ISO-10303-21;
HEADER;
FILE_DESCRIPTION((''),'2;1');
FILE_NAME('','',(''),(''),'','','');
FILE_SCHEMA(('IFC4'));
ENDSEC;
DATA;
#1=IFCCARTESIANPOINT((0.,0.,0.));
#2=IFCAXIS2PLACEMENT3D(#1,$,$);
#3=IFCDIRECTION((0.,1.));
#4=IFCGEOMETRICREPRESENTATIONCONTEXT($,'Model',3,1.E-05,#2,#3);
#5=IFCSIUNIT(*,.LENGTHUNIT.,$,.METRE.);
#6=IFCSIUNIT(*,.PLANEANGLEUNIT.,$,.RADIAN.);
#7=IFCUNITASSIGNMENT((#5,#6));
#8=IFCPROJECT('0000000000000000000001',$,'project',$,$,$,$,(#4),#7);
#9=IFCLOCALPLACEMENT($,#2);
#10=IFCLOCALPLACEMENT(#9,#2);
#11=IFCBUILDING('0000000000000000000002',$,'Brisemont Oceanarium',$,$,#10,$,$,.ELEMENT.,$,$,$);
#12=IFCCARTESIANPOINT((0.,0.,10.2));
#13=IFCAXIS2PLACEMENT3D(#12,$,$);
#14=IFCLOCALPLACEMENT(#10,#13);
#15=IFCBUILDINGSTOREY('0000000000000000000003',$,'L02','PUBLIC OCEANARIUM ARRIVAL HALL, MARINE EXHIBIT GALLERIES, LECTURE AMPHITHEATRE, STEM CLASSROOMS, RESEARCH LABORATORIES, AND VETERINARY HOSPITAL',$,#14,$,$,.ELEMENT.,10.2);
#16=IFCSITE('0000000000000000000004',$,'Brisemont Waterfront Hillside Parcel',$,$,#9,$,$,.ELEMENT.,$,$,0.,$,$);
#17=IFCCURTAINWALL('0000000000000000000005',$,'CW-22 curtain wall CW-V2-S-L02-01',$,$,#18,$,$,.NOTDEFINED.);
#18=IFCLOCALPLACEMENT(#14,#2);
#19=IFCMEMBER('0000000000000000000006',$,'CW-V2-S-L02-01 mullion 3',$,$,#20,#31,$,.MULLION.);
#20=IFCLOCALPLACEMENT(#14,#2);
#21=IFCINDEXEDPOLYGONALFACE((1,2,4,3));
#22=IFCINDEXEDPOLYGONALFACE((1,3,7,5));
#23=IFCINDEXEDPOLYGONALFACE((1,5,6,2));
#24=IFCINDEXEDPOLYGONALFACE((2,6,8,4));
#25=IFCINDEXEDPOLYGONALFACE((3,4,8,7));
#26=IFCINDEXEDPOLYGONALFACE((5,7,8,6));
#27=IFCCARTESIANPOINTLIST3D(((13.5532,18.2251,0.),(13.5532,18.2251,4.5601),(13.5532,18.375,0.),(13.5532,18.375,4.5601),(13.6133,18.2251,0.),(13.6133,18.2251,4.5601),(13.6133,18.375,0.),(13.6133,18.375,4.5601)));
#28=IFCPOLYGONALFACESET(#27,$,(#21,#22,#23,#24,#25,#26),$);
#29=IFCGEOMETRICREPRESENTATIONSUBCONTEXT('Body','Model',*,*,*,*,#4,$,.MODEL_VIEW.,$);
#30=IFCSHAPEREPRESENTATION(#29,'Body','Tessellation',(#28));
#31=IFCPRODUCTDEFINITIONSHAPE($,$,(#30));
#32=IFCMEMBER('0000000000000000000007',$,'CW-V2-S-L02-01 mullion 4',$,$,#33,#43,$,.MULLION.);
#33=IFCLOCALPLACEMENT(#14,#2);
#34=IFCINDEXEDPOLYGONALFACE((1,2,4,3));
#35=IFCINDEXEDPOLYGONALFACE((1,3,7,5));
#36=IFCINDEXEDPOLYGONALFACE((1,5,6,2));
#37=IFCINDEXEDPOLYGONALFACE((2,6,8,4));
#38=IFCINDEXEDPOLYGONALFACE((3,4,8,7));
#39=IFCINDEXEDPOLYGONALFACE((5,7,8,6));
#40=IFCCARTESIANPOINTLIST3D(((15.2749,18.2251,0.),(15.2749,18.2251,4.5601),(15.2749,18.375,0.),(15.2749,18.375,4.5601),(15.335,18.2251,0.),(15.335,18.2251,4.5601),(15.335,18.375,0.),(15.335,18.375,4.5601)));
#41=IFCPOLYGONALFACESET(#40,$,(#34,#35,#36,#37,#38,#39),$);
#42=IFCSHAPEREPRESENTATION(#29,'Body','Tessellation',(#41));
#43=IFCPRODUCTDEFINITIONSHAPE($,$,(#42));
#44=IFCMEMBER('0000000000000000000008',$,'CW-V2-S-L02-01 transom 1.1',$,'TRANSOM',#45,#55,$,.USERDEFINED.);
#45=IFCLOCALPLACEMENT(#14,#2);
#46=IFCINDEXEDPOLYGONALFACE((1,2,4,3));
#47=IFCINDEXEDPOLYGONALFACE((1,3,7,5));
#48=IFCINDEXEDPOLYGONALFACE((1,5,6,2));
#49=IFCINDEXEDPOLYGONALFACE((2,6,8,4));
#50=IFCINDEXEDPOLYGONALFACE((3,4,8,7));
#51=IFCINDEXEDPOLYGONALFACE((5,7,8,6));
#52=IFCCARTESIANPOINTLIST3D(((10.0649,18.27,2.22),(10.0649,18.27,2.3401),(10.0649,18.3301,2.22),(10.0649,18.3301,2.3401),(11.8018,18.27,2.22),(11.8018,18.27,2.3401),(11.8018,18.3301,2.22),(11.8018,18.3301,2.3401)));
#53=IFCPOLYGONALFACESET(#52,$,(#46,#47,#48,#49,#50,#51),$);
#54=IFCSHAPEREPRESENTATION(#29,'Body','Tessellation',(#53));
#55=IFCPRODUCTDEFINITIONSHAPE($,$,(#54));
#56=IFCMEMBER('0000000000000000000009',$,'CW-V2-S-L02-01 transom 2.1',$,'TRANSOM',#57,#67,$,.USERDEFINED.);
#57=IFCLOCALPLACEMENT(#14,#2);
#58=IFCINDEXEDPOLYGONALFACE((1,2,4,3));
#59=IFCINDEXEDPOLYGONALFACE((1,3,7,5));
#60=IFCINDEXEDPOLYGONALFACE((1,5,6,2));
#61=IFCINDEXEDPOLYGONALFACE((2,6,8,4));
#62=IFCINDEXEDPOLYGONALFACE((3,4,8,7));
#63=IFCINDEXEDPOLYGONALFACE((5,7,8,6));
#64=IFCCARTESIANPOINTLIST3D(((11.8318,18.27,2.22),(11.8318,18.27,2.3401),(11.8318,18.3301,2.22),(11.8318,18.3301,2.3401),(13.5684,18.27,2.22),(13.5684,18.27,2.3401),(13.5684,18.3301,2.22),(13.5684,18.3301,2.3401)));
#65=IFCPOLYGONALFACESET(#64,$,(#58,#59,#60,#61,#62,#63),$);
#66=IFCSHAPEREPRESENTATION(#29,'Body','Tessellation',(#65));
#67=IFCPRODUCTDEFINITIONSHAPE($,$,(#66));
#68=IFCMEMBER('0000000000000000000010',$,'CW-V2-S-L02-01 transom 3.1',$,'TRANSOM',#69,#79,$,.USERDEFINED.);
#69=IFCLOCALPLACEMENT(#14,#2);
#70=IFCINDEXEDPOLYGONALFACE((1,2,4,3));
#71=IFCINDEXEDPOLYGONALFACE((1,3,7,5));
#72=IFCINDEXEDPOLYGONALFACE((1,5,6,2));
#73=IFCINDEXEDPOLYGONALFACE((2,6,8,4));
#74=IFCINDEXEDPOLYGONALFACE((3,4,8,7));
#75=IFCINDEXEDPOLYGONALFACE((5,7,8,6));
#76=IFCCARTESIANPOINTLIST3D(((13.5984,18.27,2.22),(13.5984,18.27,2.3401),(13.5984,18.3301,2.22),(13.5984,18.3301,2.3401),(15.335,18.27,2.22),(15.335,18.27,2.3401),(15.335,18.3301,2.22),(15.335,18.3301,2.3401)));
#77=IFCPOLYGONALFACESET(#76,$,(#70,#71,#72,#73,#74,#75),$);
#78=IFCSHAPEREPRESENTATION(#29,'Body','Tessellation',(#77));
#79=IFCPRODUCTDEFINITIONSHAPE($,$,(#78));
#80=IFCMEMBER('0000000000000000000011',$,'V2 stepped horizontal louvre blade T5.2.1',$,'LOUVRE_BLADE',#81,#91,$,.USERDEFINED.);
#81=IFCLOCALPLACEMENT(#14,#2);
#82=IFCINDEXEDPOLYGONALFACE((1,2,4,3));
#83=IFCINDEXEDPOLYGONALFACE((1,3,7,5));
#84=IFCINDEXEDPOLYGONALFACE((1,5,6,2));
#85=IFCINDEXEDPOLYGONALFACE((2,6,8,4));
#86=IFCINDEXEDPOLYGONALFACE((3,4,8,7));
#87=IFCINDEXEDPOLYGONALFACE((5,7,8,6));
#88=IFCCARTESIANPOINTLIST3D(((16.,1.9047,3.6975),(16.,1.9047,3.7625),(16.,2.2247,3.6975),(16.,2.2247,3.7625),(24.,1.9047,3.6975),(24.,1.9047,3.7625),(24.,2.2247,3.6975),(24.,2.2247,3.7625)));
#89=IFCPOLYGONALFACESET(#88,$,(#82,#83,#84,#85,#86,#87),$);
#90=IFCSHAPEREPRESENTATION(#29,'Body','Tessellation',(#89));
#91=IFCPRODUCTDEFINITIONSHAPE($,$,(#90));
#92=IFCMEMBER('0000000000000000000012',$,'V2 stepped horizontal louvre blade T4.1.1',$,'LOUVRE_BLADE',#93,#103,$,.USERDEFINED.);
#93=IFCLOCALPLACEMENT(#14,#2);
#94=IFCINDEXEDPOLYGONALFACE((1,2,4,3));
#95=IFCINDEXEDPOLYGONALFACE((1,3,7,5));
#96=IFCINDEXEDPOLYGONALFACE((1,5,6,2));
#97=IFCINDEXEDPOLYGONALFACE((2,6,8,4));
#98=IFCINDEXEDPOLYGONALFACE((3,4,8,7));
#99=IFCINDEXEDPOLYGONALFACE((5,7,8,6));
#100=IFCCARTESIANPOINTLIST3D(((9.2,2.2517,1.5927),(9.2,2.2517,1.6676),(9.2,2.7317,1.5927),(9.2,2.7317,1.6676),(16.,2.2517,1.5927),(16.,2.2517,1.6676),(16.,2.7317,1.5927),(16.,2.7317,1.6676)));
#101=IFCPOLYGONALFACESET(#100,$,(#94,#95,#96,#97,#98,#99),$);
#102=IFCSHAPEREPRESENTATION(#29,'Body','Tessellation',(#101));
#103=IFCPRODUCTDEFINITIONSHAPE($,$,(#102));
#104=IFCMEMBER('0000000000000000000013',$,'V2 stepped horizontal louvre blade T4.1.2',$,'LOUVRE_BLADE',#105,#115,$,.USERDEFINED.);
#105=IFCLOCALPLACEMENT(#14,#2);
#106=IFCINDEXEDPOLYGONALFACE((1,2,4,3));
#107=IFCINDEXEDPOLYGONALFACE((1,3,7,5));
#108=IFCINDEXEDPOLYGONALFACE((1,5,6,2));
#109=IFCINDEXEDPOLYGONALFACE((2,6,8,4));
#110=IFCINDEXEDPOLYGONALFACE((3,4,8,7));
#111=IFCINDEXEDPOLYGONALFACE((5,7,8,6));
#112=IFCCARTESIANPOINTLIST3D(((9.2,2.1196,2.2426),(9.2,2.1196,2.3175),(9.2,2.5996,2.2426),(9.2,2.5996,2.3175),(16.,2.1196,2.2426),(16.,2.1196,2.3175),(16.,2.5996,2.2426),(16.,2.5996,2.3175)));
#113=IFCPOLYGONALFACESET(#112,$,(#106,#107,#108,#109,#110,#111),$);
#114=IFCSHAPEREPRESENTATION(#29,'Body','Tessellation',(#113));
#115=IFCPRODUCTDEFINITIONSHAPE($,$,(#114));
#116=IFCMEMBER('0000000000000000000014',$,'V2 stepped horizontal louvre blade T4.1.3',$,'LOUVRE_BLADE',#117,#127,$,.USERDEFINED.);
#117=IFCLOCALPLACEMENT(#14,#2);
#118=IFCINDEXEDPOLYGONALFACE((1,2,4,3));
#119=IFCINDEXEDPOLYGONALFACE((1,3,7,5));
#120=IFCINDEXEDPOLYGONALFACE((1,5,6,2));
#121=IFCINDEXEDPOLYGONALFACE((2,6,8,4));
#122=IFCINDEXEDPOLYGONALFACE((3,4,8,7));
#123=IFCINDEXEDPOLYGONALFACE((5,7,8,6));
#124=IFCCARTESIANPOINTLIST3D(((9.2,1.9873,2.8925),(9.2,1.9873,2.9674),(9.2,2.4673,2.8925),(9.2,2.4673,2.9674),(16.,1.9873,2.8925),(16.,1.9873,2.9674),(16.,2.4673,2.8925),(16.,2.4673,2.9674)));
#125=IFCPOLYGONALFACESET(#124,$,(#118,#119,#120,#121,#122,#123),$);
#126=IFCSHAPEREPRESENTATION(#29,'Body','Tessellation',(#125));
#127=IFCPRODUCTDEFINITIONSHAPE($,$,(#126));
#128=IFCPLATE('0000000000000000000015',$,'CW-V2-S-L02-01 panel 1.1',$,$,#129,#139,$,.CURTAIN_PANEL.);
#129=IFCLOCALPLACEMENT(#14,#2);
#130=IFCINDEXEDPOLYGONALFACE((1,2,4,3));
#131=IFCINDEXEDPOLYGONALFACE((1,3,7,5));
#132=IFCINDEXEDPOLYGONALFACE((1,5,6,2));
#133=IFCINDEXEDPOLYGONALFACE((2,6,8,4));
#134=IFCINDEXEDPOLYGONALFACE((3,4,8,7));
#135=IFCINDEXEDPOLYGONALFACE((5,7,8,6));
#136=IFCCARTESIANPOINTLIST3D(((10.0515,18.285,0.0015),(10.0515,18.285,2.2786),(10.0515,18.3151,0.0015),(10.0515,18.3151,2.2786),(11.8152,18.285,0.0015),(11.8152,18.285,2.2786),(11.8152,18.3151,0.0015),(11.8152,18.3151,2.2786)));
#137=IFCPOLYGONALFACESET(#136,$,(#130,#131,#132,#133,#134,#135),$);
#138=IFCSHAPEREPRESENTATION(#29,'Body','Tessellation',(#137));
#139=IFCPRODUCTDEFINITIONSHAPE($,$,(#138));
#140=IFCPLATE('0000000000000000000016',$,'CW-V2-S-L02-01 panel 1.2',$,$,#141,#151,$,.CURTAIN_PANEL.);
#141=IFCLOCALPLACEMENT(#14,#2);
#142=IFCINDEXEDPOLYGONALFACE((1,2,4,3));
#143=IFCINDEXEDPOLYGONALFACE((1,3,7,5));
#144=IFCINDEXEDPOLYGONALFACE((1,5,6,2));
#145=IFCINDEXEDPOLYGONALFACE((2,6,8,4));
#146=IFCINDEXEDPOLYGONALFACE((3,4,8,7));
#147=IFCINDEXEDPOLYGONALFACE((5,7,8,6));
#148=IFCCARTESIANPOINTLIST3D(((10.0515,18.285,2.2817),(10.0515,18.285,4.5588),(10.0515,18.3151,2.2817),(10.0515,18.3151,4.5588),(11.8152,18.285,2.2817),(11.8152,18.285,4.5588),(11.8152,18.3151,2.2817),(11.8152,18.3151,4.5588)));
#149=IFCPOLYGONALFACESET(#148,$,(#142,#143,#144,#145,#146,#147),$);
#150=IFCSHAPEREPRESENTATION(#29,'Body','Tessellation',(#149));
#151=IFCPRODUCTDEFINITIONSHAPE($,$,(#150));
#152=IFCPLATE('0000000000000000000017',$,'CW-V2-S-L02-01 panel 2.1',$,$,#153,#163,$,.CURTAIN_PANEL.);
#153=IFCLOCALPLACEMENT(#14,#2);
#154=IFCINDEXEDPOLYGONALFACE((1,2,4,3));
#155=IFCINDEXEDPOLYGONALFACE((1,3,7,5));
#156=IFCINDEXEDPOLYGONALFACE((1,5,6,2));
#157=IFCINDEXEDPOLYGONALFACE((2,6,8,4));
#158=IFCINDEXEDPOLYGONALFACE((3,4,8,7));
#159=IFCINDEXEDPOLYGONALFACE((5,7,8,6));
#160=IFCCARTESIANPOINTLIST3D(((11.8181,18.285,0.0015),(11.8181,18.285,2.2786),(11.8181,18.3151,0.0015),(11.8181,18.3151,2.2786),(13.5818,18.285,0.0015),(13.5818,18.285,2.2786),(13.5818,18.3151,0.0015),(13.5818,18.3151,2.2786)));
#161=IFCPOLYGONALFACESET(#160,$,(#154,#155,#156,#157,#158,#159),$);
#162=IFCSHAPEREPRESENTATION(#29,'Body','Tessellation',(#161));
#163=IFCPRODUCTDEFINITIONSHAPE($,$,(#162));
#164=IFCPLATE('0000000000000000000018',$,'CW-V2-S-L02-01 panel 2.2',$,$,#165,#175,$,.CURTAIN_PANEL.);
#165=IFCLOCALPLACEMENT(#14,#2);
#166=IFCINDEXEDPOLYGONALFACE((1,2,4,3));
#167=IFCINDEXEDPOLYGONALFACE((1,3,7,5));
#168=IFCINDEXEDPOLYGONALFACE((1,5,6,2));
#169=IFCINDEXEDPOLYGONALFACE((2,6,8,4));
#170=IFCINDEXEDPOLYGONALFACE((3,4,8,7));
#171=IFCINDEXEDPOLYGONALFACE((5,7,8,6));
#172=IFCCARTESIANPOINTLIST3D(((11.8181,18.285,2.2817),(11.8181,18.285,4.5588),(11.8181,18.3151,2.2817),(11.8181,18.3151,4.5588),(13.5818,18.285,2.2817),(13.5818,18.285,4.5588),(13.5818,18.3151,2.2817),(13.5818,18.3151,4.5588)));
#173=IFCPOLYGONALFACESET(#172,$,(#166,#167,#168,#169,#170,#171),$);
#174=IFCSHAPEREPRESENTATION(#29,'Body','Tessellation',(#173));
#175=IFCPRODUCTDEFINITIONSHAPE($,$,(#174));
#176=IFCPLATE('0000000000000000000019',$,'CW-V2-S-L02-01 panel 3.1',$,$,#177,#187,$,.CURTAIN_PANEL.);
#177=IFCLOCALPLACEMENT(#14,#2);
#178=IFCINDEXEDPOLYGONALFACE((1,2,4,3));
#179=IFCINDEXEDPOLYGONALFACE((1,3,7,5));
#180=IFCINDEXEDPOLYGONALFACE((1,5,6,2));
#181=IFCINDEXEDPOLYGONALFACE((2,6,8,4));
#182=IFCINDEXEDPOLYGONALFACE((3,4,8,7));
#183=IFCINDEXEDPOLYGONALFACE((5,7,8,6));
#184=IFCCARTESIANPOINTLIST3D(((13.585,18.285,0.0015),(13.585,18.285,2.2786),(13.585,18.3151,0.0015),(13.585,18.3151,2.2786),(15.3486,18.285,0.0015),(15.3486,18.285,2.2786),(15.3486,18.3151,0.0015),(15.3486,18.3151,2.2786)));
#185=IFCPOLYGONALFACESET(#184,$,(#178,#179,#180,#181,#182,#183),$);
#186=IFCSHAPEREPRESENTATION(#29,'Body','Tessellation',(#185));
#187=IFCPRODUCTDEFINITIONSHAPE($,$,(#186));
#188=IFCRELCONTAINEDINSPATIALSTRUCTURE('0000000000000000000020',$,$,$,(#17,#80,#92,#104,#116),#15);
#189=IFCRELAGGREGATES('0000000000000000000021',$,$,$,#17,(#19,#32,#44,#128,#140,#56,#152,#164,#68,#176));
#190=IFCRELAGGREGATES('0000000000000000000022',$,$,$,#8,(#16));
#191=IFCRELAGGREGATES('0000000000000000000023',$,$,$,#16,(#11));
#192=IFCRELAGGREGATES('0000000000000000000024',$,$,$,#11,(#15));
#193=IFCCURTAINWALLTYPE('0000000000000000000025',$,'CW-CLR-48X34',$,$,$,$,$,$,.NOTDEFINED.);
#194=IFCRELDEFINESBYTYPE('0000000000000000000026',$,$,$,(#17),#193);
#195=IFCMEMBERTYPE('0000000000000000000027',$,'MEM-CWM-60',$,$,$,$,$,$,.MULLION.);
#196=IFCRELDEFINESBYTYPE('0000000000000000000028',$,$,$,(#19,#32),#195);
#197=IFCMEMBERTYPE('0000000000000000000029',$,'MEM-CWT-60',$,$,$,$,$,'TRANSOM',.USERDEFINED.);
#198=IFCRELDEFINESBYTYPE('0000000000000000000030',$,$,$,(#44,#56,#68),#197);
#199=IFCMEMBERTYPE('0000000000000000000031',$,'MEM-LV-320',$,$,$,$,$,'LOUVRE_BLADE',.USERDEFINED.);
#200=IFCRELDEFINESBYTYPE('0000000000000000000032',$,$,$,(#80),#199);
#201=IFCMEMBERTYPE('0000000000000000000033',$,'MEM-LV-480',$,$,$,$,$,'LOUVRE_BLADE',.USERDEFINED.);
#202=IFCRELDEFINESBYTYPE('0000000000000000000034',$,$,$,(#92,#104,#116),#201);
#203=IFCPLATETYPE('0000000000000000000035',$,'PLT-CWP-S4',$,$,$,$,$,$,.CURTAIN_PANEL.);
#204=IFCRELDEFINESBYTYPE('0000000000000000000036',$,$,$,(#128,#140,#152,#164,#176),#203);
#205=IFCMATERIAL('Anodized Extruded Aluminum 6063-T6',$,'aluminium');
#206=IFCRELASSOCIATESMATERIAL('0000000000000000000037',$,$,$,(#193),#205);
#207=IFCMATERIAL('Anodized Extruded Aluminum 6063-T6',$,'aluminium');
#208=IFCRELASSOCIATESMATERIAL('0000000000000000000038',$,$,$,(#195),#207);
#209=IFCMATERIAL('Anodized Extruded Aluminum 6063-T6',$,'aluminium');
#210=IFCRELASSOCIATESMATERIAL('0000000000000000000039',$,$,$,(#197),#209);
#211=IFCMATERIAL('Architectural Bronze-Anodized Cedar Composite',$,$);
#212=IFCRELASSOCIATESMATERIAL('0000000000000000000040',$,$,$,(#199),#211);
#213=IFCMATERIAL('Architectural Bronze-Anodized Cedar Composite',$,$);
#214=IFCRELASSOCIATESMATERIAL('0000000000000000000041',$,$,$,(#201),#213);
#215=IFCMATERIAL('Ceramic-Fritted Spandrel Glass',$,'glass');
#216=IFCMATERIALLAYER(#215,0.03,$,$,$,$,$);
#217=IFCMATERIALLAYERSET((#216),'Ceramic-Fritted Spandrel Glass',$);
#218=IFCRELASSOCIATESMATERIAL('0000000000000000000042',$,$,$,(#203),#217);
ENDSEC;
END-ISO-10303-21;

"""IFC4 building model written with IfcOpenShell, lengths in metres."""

from ifc_helpers import new_model, si_unit, direction, frame, origin, origin_2d, place, context, subcontext, project, spatial, rectangle, extrude, material, layer, layer_set, material_profile, profile_set, type_object, element, aggregate, save


model = new_model("IFC4")

# Units and contexts
model_context = context("Model", 3, precision=1e-05, world=origin(), true_north=direction((0.0, 1.0)))
body_context = subcontext(model_context, "Body", "Model", "MODEL_VIEW")
ifc_project = project(units=[si_unit("LENGTHUNIT", "METRE"), si_unit("PLANEANGLEUNIT", "RADIAN")], contexts=[model_context])

# Site, building, storey
site_placement = place(None, origin())
site = spatial("IfcSite", under=ifc_project, at=site_placement, Name="Brisemont Waterfront Hillside Parcel", CompositionType="ELEMENT", RefElevation=0.0)
building_placement = place(site_placement, origin())
building = spatial("IfcBuilding", under=site, at=building_placement, Name="Brisemont Oceanarium", CompositionType="ELEMENT")
storey_placement = place(building_placement, frame((0.0, 0.0, 10.2)))
storey = spatial("IfcBuildingStorey", under=building, at=storey_placement, Name="L02", Description="PUBLIC OCEANARIUM ARRIVAL HALL, MARINE EXHIBIT GALLERIES, LECTURE AMPHITHEATRE, STEM CLASSROOMS, RESEARCH LABORATORIES, AND VETERINARY HOSPITAL", CompositionType="ELEMENT", Elevation=10.2)

# Curtain wall, members
ifc_material_1 = material(Name="Anodized Extruded Aluminum 6063-T6", Category="aluminium")
curtain_wall_type = type_object("IfcCurtainWallType", Name="CW-CLR-48X34", PredefinedType="NOTDEFINED", material=ifc_material_1)
curtain_wall_placement = place(storey_placement, origin())
curtain_wall = element("IfcCurtainWall", 1, at=curtain_wall_placement, inside=storey, type_object=curtain_wall_type, Name="CW-22 curtain wall CW-V2-S-L02-01", PredefinedType="NOTDEFINED")
ifc_material_2 = material(Name="Anodized Extruded Aluminum 6063-T6", Category="aluminium")
ifc_material_profile_1 = material_profile(ifc_material_2, rectangle(XDim=0.0601, YDim=0.1499, at=origin_2d()), Name="CWM-60X150")
ifc_profile_set_1 = profile_set([ifc_material_profile_1], Name="Anodized Extruded Aluminum 6063-T6")
member_type_1 = type_object("IfcMemberType", Name="MEM-CWM-60", PredefinedType="MULLION", material=ifc_profile_set_1)
member_1_placement = place(storey_placement, frame((13.5833, 18.3, 0.0), z_axis=(0.0, 0.0, 1.0), x_axis=(1.0, 0.0, 0.0)))
member_1 = element("IfcMember", 2, at=member_1_placement, type_object=member_type_1, Name="CW-V2-S-L02-01 mullion 3", PredefinedType="MULLION", context=body_context, shape_type="SweptSolid", body=[
    extrude(rectangle(XDim=0.0601, YDim=0.1499, at=origin_2d()), origin(), (0.0, 0.0, 1.0), 4.5601),
])
member_2_placement = place(storey_placement, frame((15.3049, 18.3, 0.0), z_axis=(0.0, 0.0, 1.0), x_axis=(1.0, 0.0, 0.0)))
member_2 = element("IfcMember", 3, at=member_2_placement, type_object=member_type_1, Name="CW-V2-S-L02-01 mullion 4", PredefinedType="MULLION", context=body_context, shape_type="SweptSolid", body=[
    extrude(rectangle(XDim=0.0601, YDim=0.1499, at=origin_2d()), origin(), (0.0, 0.0, 1.0), 4.5601),
])
ifc_material_3 = material(Name="Anodized Extruded Aluminum 6063-T6", Category="aluminium")
ifc_material_profile_2 = material_profile(ifc_material_3, rectangle(XDim=0.0601, YDim=0.1201, at=origin_2d()), Name="CWT-60X120")
ifc_profile_set_2 = profile_set([ifc_material_profile_2], Name="Anodized Extruded Aluminum 6063-T6")
member_type_2 = type_object("IfcMemberType", Name="MEM-CWT-60", ElementType="TRANSOM", PredefinedType="USERDEFINED", material=ifc_profile_set_2)
member_3_placement = place(storey_placement, frame((10.0649, 18.3, 2.28), z_axis=(1.0, 0.0, 0.0), x_axis=(0.0, 1.0, 0.0)))
member_3 = element("IfcMember", 4, at=member_3_placement, type_object=member_type_2, Name="CW-V2-S-L02-01 transom 1.1", ObjectType="TRANSOM", PredefinedType="USERDEFINED", context=body_context, shape_type="SweptSolid", body=[
    extrude(rectangle(XDim=0.0601, YDim=0.1201, at=origin_2d()), origin(), (0.0, 0.0, 1.0), 1.7368),
])
member_4_placement = place(storey_placement, frame((11.8318, 18.3, 2.28), z_axis=(1.0, 0.0, 0.0), x_axis=(0.0, 1.0, 0.0)))
member_4 = element("IfcMember", 5, at=member_4_placement, type_object=member_type_2, Name="CW-V2-S-L02-01 transom 2.1", ObjectType="TRANSOM", PredefinedType="USERDEFINED", context=body_context, shape_type="SweptSolid", body=[
    extrude(rectangle(XDim=0.0601, YDim=0.1201, at=origin_2d()), origin(), (0.0, 0.0, 1.0), 1.7366),
])
member_5_placement = place(storey_placement, frame((13.5984, 18.3, 2.28), z_axis=(1.0, 0.0, 0.0), x_axis=(0.0, 1.0, 0.0)))
member_5 = element("IfcMember", 6, at=member_5_placement, type_object=member_type_2, Name="CW-V2-S-L02-01 transom 3.1", ObjectType="TRANSOM", PredefinedType="USERDEFINED", context=body_context, shape_type="SweptSolid", body=[
    extrude(rectangle(XDim=0.0601, YDim=0.1201, at=origin_2d()), origin(), (0.0, 0.0, 1.0), 1.7366),
])

# Members
ifc_material_4 = material(Name="Architectural Bronze-Anodized Cedar Composite")
ifc_material_profile_3 = material_profile(ifc_material_4, rectangle(XDim=0.3201, YDim=0.0649, at=origin_2d()), Name="LOUVRE-320X65")
ifc_profile_set_3 = profile_set([ifc_material_profile_3], Name="Architectural Bronze-Anodized Cedar Composite")
member_type_3 = type_object("IfcMemberType", Name="MEM-LV-320", ElementType="LOUVRE_BLADE", PredefinedType="USERDEFINED", material=ifc_profile_set_3)
member_6_placement = place(storey_placement, frame((16.0, 2.0647, 3.73), z_axis=(1.0, 0.0, 0.0), x_axis=(0.0, 1.0, 0.0)))
element("IfcMember", 7, at=member_6_placement, inside=storey, type_object=member_type_3, Name="V2 stepped horizontal louvre blade T5.2.1", ObjectType="LOUVRE_BLADE", PredefinedType="USERDEFINED", context=body_context, shape_type="SweptSolid", body=[
    extrude(rectangle(XDim=0.3201, YDim=0.0649, at=origin_2d()), origin(), (0.0, 0.0, 1.0), 8.0),
])
ifc_material_5 = material(Name="Architectural Bronze-Anodized Cedar Composite")
ifc_material_profile_4 = material_profile(ifc_material_5, rectangle(XDim=0.48, YDim=0.075, at=origin_2d()), Name="LOUVRE-480X75")
ifc_profile_set_4 = profile_set([ifc_material_profile_4], Name="Architectural Bronze-Anodized Cedar Composite")
member_type_4 = type_object("IfcMemberType", Name="MEM-LV-480", ElementType="LOUVRE_BLADE", PredefinedType="USERDEFINED", material=ifc_profile_set_4)
for number, where, z_axis, x_axis, name in (
    (8, (9.2, 2.4917, 1.6301), (1.0, 0.0, 0.0), (0.0, 1.0, 0.0), "V2 stepped horizontal louvre blade T4.1.1"),
    (9, (9.2, 2.3596, 2.28), (1.0, 0.0, 0.0), (0.0, 1.0, 0.0), "V2 stepped horizontal louvre blade T4.1.2"),
    (10, (9.2, 2.2273, 2.9299), (1.0, 0.0, 0.0), (0.0, 1.0, 0.0), "V2 stepped horizontal louvre blade T4.1.3"),
):
    element("IfcMember", number, at=place(storey_placement, frame(where, z_axis=z_axis, x_axis=x_axis)), inside=storey, type_object=member_type_4, Name=name, ObjectType="LOUVRE_BLADE", PredefinedType="USERDEFINED", context=body_context, shape_type="SweptSolid", body=[
        extrude(rectangle(XDim=0.48, YDim=0.075, at=origin_2d()), origin(), (0.0, 0.0, 1.0), 6.8),
    ])

# Plates
ifc_material_6 = material(Name="Ceramic-Fritted Spandrel Glass", Category="glass")
ifc_layer_1 = layer(ifc_material_6, 0.03)
ifc_layer_set_1 = layer_set([ifc_layer_1], Name="Ceramic-Fritted Spandrel Glass")
plate_type = type_object("IfcPlateType", Name="PLT-CWP-S4", PredefinedType="CURTAIN_PANEL", material=ifc_layer_set_1)
plate_1_placement = place(storey_placement, frame((10.9333, 18.3, 0.0015), z_axis=(0.0, 0.0, 1.0), x_axis=(1.0, 0.0, 0.0)))
plate_1 = element("IfcPlate", 11, at=plate_1_placement, type_object=plate_type, Name="CW-V2-S-L02-01 panel 1.1", PredefinedType="CURTAIN_PANEL", context=body_context, shape_type="SweptSolid", body=[
    extrude(rectangle(XDim=1.7637, YDim=0.03, at=origin_2d()), origin(), (0.0, 0.0, 1.0), 2.2771),
])
plate_2_placement = place(storey_placement, frame((10.9333, 18.3, 2.2817), z_axis=(0.0, 0.0, 1.0), x_axis=(1.0, 0.0, 0.0)))
plate_2 = element("IfcPlate", 12, at=plate_2_placement, type_object=plate_type, Name="CW-V2-S-L02-01 panel 1.2", PredefinedType="CURTAIN_PANEL", context=body_context, shape_type="SweptSolid", body=[
    extrude(rectangle(XDim=1.7637, YDim=0.03, at=origin_2d()), origin(), (0.0, 0.0, 1.0), 2.2771),
])
plate_3_placement = place(storey_placement, frame((12.7, 18.3, 0.0015), z_axis=(0.0, 0.0, 1.0), x_axis=(1.0, 0.0, 0.0)))
plate_3 = element("IfcPlate", 13, at=plate_3_placement, type_object=plate_type, Name="CW-V2-S-L02-01 panel 2.1", PredefinedType="CURTAIN_PANEL", context=body_context, shape_type="SweptSolid", body=[
    extrude(rectangle(XDim=1.7637, YDim=0.03, at=origin_2d()), origin(), (0.0, 0.0, 1.0), 2.2771),
])
plate_4_placement = place(storey_placement, frame((12.7, 18.3, 2.2817), z_axis=(0.0, 0.0, 1.0), x_axis=(1.0, 0.0, 0.0)))
plate_4 = element("IfcPlate", 14, at=plate_4_placement, type_object=plate_type, Name="CW-V2-S-L02-01 panel 2.2", PredefinedType="CURTAIN_PANEL", context=body_context, shape_type="SweptSolid", body=[
    extrude(rectangle(XDim=1.7637, YDim=0.03, at=origin_2d()), origin(), (0.0, 0.0, 1.0), 2.2771),
])
plate_5_placement = place(storey_placement, frame((14.4668, 18.3, 0.0015), z_axis=(0.0, 0.0, 1.0), x_axis=(1.0, 0.0, 0.0)))
plate_5 = element("IfcPlate", 15, at=plate_5_placement, type_object=plate_type, Name="CW-V2-S-L02-01 panel 3.1", PredefinedType="CURTAIN_PANEL", context=body_context, shape_type="SweptSolid", body=[
    extrude(rectangle(XDim=1.7637, YDim=0.03, at=origin_2d()), origin(), (0.0, 0.0, 1.0), 2.2771),
])
aggregate(curtain_wall, [member_1, member_2, member_3, plate_1, plate_2, member_4, plate_3, plate_4, member_5, plate_5])

save(model, "model.ifc")
